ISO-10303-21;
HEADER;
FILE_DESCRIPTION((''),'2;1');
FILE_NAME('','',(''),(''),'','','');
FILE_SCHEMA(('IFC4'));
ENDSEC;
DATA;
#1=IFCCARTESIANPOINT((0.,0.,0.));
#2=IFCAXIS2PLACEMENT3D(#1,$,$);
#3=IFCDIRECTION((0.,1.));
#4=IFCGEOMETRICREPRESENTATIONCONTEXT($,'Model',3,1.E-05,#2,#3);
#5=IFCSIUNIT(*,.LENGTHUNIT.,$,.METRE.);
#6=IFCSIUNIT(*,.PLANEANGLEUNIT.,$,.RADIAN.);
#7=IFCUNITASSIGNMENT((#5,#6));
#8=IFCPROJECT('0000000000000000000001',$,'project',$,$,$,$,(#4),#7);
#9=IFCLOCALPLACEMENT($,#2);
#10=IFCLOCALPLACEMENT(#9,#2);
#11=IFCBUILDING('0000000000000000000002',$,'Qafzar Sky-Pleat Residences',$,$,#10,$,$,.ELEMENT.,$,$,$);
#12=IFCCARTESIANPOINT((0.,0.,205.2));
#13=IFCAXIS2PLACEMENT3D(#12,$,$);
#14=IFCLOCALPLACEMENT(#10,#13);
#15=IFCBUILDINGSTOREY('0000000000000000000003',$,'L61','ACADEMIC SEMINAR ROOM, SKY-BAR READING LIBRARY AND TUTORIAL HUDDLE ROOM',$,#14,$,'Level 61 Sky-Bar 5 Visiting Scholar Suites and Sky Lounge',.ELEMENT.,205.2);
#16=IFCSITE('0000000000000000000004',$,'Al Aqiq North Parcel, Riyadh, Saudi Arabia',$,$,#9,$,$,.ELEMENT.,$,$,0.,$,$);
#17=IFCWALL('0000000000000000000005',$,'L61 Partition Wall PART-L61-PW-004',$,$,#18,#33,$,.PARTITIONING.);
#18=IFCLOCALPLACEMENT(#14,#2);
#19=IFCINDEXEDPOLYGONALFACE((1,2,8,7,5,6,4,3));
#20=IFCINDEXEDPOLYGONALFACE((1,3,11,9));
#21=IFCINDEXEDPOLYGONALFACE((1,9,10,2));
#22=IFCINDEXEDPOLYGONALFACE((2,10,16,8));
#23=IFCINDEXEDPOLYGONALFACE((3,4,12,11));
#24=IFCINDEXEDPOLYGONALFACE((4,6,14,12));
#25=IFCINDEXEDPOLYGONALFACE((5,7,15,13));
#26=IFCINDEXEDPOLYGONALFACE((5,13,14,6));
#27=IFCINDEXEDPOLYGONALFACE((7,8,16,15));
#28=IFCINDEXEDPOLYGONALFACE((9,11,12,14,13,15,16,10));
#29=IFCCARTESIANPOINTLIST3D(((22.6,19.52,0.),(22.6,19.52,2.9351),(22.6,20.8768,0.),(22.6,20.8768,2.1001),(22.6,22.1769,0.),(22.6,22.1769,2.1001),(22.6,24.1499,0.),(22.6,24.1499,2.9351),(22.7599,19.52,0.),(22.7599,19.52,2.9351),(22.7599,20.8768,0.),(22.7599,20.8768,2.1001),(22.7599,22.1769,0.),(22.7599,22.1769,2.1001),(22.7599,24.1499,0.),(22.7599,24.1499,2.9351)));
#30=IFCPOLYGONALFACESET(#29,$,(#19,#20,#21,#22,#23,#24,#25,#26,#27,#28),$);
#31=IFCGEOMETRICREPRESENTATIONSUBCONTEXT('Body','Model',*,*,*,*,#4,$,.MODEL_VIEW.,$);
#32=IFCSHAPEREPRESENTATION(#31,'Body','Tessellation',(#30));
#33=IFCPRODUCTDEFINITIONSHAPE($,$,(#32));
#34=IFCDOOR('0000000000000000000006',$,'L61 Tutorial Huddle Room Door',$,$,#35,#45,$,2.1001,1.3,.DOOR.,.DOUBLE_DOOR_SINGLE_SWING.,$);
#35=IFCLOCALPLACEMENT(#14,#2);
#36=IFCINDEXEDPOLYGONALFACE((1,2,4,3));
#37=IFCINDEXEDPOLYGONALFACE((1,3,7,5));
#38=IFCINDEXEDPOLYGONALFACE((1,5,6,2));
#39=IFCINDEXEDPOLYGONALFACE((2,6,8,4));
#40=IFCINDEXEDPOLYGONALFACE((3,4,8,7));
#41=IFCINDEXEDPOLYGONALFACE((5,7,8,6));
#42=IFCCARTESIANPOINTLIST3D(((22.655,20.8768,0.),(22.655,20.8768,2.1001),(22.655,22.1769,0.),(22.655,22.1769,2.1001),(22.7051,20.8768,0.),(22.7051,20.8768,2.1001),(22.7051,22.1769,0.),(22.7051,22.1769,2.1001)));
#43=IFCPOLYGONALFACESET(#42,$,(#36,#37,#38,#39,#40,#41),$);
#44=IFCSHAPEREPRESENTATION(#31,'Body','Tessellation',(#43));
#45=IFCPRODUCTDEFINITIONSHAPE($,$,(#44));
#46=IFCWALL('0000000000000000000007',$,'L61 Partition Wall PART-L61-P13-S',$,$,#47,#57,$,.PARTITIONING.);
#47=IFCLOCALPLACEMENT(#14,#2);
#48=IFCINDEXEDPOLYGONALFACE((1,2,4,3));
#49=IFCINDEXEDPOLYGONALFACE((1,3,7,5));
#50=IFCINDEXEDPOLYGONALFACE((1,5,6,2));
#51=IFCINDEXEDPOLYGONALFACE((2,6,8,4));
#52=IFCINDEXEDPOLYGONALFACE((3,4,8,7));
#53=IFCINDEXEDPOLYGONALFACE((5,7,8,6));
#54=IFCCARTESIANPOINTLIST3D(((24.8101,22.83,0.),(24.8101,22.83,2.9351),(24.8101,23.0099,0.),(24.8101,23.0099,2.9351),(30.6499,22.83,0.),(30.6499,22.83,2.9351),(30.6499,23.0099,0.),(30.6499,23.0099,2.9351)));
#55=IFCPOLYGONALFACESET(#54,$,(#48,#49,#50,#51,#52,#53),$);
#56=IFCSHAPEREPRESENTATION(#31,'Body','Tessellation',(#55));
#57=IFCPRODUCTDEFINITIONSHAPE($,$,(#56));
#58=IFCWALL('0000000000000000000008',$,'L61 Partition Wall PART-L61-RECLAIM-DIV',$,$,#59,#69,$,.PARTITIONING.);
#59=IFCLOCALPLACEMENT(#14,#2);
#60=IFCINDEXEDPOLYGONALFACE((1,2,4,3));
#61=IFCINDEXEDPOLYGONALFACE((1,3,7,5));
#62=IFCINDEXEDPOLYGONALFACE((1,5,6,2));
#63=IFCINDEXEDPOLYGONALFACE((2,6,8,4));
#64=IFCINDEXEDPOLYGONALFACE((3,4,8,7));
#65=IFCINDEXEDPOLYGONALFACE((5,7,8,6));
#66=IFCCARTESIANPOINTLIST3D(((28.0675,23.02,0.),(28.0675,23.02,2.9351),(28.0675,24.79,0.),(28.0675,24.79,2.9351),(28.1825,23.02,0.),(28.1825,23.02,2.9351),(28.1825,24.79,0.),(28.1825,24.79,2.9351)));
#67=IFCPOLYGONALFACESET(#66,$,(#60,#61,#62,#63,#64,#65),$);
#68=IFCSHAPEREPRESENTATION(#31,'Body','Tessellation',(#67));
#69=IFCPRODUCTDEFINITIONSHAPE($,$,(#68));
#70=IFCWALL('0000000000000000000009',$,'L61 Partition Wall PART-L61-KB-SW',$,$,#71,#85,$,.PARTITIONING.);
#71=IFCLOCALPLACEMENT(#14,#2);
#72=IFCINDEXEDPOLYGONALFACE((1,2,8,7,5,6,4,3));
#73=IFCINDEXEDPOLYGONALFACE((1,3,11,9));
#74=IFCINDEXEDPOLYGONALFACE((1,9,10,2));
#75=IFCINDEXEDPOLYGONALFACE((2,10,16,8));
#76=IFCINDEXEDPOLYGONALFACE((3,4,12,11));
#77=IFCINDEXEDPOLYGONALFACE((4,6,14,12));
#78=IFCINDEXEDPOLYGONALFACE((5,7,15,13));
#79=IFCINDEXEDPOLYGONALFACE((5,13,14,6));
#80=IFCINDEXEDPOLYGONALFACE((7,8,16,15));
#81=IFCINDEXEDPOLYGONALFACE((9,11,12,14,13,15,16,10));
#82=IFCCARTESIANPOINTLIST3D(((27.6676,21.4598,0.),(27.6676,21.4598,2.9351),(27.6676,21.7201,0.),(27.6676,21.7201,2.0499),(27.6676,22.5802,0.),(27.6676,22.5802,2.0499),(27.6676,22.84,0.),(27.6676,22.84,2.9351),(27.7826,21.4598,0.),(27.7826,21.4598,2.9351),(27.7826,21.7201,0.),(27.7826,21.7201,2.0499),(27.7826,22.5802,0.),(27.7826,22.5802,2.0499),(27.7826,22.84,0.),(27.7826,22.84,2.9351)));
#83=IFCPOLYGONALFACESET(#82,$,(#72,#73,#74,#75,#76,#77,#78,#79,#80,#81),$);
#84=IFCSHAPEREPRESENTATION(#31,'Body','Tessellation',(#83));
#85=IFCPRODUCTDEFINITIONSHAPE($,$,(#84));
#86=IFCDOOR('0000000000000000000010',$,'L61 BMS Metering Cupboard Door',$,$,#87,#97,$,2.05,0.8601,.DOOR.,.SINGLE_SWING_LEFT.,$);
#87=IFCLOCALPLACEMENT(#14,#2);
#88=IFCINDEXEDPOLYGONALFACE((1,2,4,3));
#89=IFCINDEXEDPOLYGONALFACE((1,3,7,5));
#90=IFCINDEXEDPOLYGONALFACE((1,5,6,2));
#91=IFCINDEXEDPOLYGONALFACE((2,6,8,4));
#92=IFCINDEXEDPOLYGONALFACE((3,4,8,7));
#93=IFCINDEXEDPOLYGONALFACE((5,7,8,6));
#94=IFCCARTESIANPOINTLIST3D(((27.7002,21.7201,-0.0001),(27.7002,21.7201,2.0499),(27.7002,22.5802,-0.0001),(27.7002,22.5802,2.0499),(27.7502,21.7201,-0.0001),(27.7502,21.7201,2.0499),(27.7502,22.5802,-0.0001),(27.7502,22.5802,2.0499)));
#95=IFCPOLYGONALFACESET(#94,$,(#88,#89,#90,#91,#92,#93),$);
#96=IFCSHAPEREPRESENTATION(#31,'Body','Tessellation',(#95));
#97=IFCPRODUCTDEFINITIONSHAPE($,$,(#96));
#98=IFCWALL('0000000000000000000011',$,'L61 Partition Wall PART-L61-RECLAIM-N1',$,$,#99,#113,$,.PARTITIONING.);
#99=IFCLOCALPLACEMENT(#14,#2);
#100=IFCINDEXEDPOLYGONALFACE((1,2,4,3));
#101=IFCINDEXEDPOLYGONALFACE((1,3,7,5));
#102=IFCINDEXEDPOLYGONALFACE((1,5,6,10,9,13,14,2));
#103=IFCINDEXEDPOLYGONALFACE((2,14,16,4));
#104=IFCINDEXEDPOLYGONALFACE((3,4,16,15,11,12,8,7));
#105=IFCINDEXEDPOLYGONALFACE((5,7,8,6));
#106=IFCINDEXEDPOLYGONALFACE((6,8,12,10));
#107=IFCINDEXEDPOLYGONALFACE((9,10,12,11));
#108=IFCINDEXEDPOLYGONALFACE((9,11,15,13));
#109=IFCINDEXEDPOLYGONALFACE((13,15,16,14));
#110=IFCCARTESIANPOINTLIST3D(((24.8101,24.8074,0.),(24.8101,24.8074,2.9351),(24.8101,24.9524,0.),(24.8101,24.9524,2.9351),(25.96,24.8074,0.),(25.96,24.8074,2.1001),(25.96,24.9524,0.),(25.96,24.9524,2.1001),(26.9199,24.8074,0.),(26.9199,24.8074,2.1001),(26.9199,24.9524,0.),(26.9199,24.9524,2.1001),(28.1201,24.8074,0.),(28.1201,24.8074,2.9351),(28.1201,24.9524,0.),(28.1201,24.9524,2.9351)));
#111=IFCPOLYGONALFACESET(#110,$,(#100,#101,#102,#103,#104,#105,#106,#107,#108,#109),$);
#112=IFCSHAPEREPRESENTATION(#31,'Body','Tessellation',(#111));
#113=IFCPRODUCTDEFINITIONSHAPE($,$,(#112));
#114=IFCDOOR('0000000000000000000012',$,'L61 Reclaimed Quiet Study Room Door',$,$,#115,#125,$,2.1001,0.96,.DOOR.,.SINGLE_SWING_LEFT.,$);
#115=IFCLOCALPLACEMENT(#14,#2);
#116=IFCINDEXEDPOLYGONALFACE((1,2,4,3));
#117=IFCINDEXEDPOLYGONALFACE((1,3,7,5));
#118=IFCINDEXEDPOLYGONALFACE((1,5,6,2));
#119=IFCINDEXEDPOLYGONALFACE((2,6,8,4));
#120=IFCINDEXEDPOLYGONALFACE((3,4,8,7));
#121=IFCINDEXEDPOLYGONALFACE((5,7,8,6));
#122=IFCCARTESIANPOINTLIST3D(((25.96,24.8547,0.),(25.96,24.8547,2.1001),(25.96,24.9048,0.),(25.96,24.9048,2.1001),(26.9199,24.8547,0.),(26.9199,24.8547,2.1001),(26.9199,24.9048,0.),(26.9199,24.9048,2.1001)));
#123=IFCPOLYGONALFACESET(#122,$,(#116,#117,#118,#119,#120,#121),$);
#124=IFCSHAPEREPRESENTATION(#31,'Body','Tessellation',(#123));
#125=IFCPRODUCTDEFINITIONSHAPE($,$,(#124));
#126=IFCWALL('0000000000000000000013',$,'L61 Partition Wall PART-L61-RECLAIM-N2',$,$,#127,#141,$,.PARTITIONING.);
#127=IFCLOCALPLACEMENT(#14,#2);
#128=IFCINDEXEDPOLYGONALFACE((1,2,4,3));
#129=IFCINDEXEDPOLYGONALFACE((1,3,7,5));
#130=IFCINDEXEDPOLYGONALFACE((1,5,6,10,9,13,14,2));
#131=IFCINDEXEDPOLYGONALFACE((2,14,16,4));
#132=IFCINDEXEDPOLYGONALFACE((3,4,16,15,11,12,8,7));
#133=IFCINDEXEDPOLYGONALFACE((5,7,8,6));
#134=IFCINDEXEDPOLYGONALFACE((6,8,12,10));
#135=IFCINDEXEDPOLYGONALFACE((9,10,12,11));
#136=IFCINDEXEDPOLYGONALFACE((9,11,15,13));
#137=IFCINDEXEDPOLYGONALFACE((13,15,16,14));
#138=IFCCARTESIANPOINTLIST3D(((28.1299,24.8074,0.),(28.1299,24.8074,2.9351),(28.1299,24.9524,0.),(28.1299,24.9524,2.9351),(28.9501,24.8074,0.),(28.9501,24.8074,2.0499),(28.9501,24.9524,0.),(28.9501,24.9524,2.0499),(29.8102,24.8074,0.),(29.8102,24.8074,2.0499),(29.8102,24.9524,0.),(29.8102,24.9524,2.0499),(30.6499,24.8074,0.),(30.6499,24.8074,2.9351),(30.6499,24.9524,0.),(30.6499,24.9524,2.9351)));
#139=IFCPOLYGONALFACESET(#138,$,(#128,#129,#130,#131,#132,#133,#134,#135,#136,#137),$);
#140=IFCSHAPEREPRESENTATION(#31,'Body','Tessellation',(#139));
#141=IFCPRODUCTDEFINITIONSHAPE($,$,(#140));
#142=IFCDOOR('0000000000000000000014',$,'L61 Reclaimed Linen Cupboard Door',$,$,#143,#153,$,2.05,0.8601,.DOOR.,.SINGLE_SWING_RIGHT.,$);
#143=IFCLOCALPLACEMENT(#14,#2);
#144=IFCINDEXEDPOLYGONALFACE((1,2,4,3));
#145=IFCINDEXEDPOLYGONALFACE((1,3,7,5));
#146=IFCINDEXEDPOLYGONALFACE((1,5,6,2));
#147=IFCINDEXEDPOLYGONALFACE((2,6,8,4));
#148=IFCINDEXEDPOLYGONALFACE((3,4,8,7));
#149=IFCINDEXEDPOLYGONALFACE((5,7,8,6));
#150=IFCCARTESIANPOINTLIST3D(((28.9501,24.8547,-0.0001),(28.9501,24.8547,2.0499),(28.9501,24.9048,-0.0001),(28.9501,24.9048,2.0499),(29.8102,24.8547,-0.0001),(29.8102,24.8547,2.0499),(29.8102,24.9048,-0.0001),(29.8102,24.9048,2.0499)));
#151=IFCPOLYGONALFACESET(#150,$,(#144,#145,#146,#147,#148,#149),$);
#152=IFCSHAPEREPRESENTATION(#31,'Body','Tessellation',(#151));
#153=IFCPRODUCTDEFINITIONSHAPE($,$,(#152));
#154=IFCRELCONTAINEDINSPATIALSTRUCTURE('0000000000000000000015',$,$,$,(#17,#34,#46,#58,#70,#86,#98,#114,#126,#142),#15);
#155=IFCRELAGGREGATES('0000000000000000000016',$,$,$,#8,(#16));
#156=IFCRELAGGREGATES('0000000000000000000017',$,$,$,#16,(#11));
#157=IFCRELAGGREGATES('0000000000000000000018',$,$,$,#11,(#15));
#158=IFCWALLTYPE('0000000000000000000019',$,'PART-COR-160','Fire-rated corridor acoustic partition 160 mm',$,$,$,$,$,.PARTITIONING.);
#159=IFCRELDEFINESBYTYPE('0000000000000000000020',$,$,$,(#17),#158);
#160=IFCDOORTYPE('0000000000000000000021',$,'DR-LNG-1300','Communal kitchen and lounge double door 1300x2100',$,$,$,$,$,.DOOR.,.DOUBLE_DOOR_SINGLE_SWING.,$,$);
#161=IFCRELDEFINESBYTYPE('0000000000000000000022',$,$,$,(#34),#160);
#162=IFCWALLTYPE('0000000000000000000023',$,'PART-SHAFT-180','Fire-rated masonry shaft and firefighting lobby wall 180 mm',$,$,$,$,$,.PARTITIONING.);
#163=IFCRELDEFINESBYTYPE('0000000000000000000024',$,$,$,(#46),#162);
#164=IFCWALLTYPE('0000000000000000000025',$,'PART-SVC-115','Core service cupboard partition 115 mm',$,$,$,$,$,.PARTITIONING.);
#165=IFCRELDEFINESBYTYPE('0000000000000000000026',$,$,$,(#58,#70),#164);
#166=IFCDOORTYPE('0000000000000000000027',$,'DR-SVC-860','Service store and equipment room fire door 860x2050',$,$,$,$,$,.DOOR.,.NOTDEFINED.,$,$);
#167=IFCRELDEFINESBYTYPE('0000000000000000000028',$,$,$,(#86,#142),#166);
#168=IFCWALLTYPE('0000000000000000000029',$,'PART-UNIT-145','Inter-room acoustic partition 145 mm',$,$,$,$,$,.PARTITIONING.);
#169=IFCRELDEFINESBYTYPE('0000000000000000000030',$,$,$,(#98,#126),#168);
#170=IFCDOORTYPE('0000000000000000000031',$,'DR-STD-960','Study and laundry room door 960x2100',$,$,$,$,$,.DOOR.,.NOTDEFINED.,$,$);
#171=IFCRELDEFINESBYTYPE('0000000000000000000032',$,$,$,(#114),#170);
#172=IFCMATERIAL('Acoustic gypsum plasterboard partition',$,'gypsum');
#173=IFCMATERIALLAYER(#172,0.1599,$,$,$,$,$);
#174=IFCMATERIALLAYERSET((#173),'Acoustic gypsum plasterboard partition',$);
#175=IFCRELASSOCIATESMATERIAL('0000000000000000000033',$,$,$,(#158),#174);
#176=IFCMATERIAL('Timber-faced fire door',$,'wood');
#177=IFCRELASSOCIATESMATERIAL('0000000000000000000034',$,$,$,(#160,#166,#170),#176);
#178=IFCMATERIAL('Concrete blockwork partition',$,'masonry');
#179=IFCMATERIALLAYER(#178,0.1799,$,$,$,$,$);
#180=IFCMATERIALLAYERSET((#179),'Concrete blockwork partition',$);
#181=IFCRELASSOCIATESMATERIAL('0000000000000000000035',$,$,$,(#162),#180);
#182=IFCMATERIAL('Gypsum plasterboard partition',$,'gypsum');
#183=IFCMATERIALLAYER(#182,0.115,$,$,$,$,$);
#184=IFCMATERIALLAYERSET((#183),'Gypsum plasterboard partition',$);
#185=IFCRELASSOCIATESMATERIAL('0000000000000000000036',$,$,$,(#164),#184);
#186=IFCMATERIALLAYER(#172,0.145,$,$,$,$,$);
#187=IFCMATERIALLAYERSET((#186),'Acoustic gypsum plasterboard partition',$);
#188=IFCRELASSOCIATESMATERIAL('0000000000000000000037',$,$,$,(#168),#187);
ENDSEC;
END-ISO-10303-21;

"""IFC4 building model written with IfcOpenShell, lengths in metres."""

from ifc_helpers import new_model, si_unit, direction, frame, frame_2d, origin, place, context, subcontext, project, spatial, rectangle, extrude, source, transform, mapped, material, layer, layer_set, type_object, element, fill, save


model = new_model("IFC4")

# Units and contexts
model_context = context("Model", 3, precision=1e-05, world=origin(), true_north=direction((0.0, 1.0)))
body_context = subcontext(model_context, "Body", "Model", "MODEL_VIEW")
ifc_project = project(units=[si_unit("LENGTHUNIT", "METRE"), si_unit("PLANEANGLEUNIT", "RADIAN")], contexts=[model_context])

# Site, building, storey
site_placement = place(None, origin())
site = spatial("IfcSite", under=ifc_project, at=site_placement, Name="Al Aqiq North Parcel, Riyadh, Saudi Arabia", CompositionType="ELEMENT", RefElevation=0.0)
building_placement = place(site_placement, origin())
building = spatial("IfcBuilding", under=site, at=building_placement, Name="Qafzar Sky-Pleat Residences", CompositionType="ELEMENT")
storey_placement = place(building_placement, frame((0.0, 0.0, 205.2)))
storey = spatial("IfcBuildingStorey", under=building, at=storey_placement, Name="L61", Description="ACADEMIC SEMINAR ROOM, SKY-BAR READING LIBRARY AND TUTORIAL HUDDLE ROOM", LongName="Level 61 Sky-Bar 5 Visiting Scholar Suites and Sky Lounge", CompositionType="ELEMENT", Elevation=205.2)

# Wall, opening, door
ifc_material_1 = material(Name="Acoustic gypsum plasterboard partition", Category="gypsum")
ifc_layer_1 = layer(ifc_material_1, 0.1599)
ifc_layer_set_1 = layer_set([ifc_layer_1], Name="Acoustic gypsum plasterboard partition")
wall_type_1 = type_object("IfcWallType", Name="PART-COR-160", Description="Fire-rated corridor acoustic partition 160 mm", PredefinedType="PARTITIONING", material=ifc_layer_set_1)
wall_1_placement = place(storey_placement, frame((22.6799, 19.52, 0.0), z_axis=(0.0, 0.0, 1.0), x_axis=(0.0, 1.0, 0.0)))
wall_1 = element("IfcWall", 1, at=wall_1_placement, inside=storey, type_object=wall_type_1, Name="L61 Partition Wall PART-L61-PW-004", PredefinedType="PARTITIONING", context=body_context, shape_type="SweptSolid", body=[
    extrude(rectangle(XDim=4.6299, YDim=0.1599, at=frame_2d((2.3149, 0.0))), origin(), (0.0, 0.0, 1.0), 2.9351),
])
opening_1_placement = place(wall_1_placement, frame((1.3569, 0.0, 0.0)))
opening_1 = element("IfcOpeningElement", 2, at=opening_1_placement, cuts=wall_1, PredefinedType="OPENING", context=body_context, shape_type="SweptSolid", body=[
    extrude(rectangle(XDim=1.3, YDim=2.1001, at=frame_2d((0.6499, 1.05))), frame((0.0, 0.0898, 0.0), z_axis=(0.0, -1.0, 0.0), x_axis=(1.0, 0.0, 0.0)), (0.0, 0.0, 1.0), 0.1799),
])
ifc_material_2 = material(Name="Timber-faced fire door", Category="wood")
door_type_1 = type_object("IfcDoorType", Name="DR-LNG-1300", Description="Communal kitchen and lounge double door 1300x2100", OperationType="DOUBLE_DOOR_SINGLE_SWING", PredefinedType="DOOR", material=ifc_material_2)
shared_shape_1 = source(origin(), body_context, "Body", "SweptSolid", [
    extrude(rectangle(XDim=1.3, YDim=2.1001, at=frame_2d((0.6499, 1.05))), frame((0.0, 0.0249, 0.0), z_axis=(0.0, -1.0, 0.0), x_axis=(1.0, 0.0, 0.0)), (0.0, 0.0, 1.0), 0.05),
])
door_1_placement = place(opening_1_placement, origin())
door_1 = element("IfcDoor", 3, at=door_1_placement, inside=storey, type_object=door_type_1, Name="L61 Tutorial Huddle Room Door", OperationType="DOUBLE_DOOR_SINGLE_SWING", OverallHeight=2.1001, OverallWidth=1.3, PredefinedType="DOOR", context=body_context, shape_type="MappedRepresentation", body=[
    mapped(shared_shape_1, transform((0.0, 0.0, 0.0), x_axis=(1.0, 0.0, 0.0), y_axis=(0.0, 1.0, 0.0), z_axis=(0.0, 0.0, 1.0), scale=1.0)),
])
fill(opening_1, door_1)

# Walls
ifc_material_3 = material(Name="Concrete blockwork partition", Category="masonry")
ifc_layer_2 = layer(ifc_material_3, 0.1799)
ifc_layer_set_2 = layer_set([ifc_layer_2], Name="Concrete blockwork partition")
wall_type_2 = type_object("IfcWallType", Name="PART-SHAFT-180", Description="Fire-rated masonry shaft and firefighting lobby wall 180 mm", PredefinedType="PARTITIONING", material=ifc_layer_set_2)
wall_2_placement = place(storey_placement, frame((24.8101, 22.9199, 0.0), z_axis=(0.0, 0.0, 1.0), x_axis=(1.0, 0.0, 0.0)))
element("IfcWall", 4, at=wall_2_placement, inside=storey, type_object=wall_type_2, Name="L61 Partition Wall PART-L61-P13-S", PredefinedType="PARTITIONING", context=body_context, shape_type="SweptSolid", body=[
    extrude(rectangle(XDim=5.8398, YDim=0.1799, at=frame_2d((2.9199, 0.0))), origin(), (0.0, 0.0, 1.0), 2.9351),
])
ifc_material_4 = material(Name="Gypsum plasterboard partition", Category="gypsum")
ifc_layer_3 = layer(ifc_material_4, 0.115)
ifc_layer_set_3 = layer_set([ifc_layer_3], Name="Gypsum plasterboard partition")
wall_type_3 = type_object("IfcWallType", Name="PART-SVC-115", Description="Core service cupboard partition 115 mm", PredefinedType="PARTITIONING", material=ifc_layer_set_3)
wall_3_placement = place(storey_placement, frame((28.125, 23.02, 0.0), z_axis=(0.0, 0.0, 1.0), x_axis=(0.0, 1.0, 0.0)))
element("IfcWall", 5, at=wall_3_placement, inside=storey, type_object=wall_type_3, Name="L61 Partition Wall PART-L61-RECLAIM-DIV", PredefinedType="PARTITIONING", context=body_context, shape_type="SweptSolid", body=[
    extrude(rectangle(XDim=1.77, YDim=0.115, at=frame_2d((0.885, 0.0))), origin(), (0.0, 0.0, 1.0), 2.9351),
])

# Walls, openings, doors
wall_4_placement = place(storey_placement, frame((27.7251, 21.46, 0.0), z_axis=(0.0, 0.0, 1.0), x_axis=(0.0, 1.0, 0.0)))
wall_4 = element("IfcWall", 6, at=wall_4_placement, inside=storey, type_object=wall_type_3, Name="L61 Partition Wall PART-L61-KB-SW", PredefinedType="PARTITIONING", context=body_context, shape_type="SweptSolid", body=[
    extrude(rectangle(XDim=1.3801, YDim=0.115, at=frame_2d((0.6899, 0.0))), origin(), (0.0, 0.0, 1.0), 2.9351),
])
opening_2_placement = place(wall_4_placement, frame((0.26, 0.0, 0.0)))
opening_2 = element("IfcOpeningElement", 7, at=opening_2_placement, cuts=wall_4, PredefinedType="OPENING", context=body_context, shape_type="SweptSolid", body=[
    extrude(rectangle(XDim=0.8601, YDim=2.05, at=frame_2d((0.4302, 1.0249))), frame((0.0, 0.0674, 0.0), z_axis=(0.0, -1.0, 0.0), x_axis=(1.0, 0.0, 0.0)), (0.0, 0.0, 1.0), 0.135),
])
door_type_2 = type_object("IfcDoorType", Name="DR-SVC-860", Description="Service store and equipment room fire door 860x2050", OperationType="NOTDEFINED", PredefinedType="DOOR", material=ifc_material_2)
shared_shape_2 = source(origin(), body_context, "Body", "SweptSolid", [
    extrude(rectangle(XDim=0.8601, YDim=2.05, at=frame_2d((0.4302, 1.0249))), frame((0.0, 0.0249, 0.0), z_axis=(0.0, -1.0, 0.0), x_axis=(1.0, 0.0, 0.0)), (0.0, 0.0, 1.0), 0.05),
])
door_2_placement = place(opening_2_placement, origin())
door_2 = element("IfcDoor", 8, at=door_2_placement, inside=storey, type_object=door_type_2, Name="L61 BMS Metering Cupboard Door", OperationType="SINGLE_SWING_LEFT", OverallHeight=2.05, OverallWidth=0.8601, PredefinedType="DOOR", context=body_context, shape_type="MappedRepresentation", body=[
    mapped(shared_shape_2, transform((0.0, 0.0, 0.0), x_axis=(1.0, 0.0, 0.0), y_axis=(0.0, 1.0, 0.0), z_axis=(0.0, 0.0, 1.0), scale=1.0)),
])
fill(opening_2, door_2)
ifc_layer_4 = layer(ifc_material_1, 0.145)
ifc_layer_set_4 = layer_set([ifc_layer_4], Name="Acoustic gypsum plasterboard partition")
wall_type_4 = type_object("IfcWallType", Name="PART-UNIT-145", Description="Inter-room acoustic partition 145 mm", PredefinedType="PARTITIONING", material=ifc_layer_set_4)
wall_5_placement = place(storey_placement, frame((24.8101, 24.8799, 0.0), z_axis=(0.0, 0.0, 1.0), x_axis=(1.0, 0.0, 0.0)))
wall_5 = element("IfcWall", 9, at=wall_5_placement, inside=storey, type_object=wall_type_4, Name="L61 Partition Wall PART-L61-RECLAIM-N1", PredefinedType="PARTITIONING", context=body_context, shape_type="SweptSolid", body=[
    extrude(rectangle(XDim=3.3101, YDim=0.145, at=frame_2d((1.655, 0.0))), origin(), (0.0, 0.0, 1.0), 2.9351),
])
opening_3_placement = place(wall_5_placement, frame((1.1499, 0.0, 0.0)))
opening_3 = element("IfcOpeningElement", 10, at=opening_3_placement, cuts=wall_5, PredefinedType="OPENING", context=body_context, shape_type="SweptSolid", body=[
    extrude(rectangle(XDim=0.96, YDim=2.1001, at=frame_2d((0.48, 1.05))), frame((0.0, 0.0825, 0.0), z_axis=(0.0, -1.0, 0.0), x_axis=(1.0, 0.0, 0.0)), (0.0, 0.0, 1.0), 0.165),
])
door_type_3 = type_object("IfcDoorType", Name="DR-STD-960", Description="Study and laundry room door 960x2100", OperationType="NOTDEFINED", PredefinedType="DOOR", material=ifc_material_2)
shared_shape_3 = source(origin(), body_context, "Body", "SweptSolid", [
    extrude(rectangle(XDim=0.96, YDim=2.1001, at=frame_2d((0.48, 1.05))), frame((0.0, 0.0249, 0.0), z_axis=(0.0, -1.0, 0.0), x_axis=(1.0, 0.0, 0.0)), (0.0, 0.0, 1.0), 0.05),
])
door_3_placement = place(opening_3_placement, origin())
door_3 = element("IfcDoor", 11, at=door_3_placement, inside=storey, type_object=door_type_3, Name="L61 Reclaimed Quiet Study Room Door", OperationType="SINGLE_SWING_LEFT", OverallHeight=2.1001, OverallWidth=0.96, PredefinedType="DOOR", context=body_context, shape_type="MappedRepresentation", body=[
    mapped(shared_shape_3, transform((0.0, 0.0, 0.0), x_axis=(1.0, 0.0, 0.0), y_axis=(0.0, 1.0, 0.0), z_axis=(0.0, 0.0, 1.0), scale=1.0)),
])
fill(opening_3, door_3)
wall_6_placement = place(storey_placement, frame((28.1299, 24.8799, 0.0), z_axis=(0.0, 0.0, 1.0), x_axis=(1.0, 0.0, 0.0)))
wall_6 = element("IfcWall", 12, at=wall_6_placement, inside=storey, type_object=wall_type_4, Name="L61 Partition Wall PART-L61-RECLAIM-N2", PredefinedType="PARTITIONING", context=body_context, shape_type="SweptSolid", body=[
    extrude(rectangle(XDim=2.52, YDim=0.145, at=frame_2d((1.26, 0.0))), origin(), (0.0, 0.0, 1.0), 2.9351),
])
opening_4_placement = place(wall_6_placement, frame((0.8201, 0.0, 0.0)))
opening_4 = element("IfcOpeningElement", 13, at=opening_4_placement, cuts=wall_6, PredefinedType="OPENING", context=body_context, shape_type="SweptSolid", body=[
    extrude(rectangle(XDim=0.8601, YDim=2.05, at=frame_2d((0.4302, 1.0249))), frame((0.0, 0.0825, 0.0), z_axis=(0.0, -1.0, 0.0), x_axis=(1.0, 0.0, 0.0)), (0.0, 0.0, 1.0), 0.165),
])
door_4_placement = place(opening_4_placement, origin())
door_4 = element("IfcDoor", 14, at=door_4_placement, inside=storey, type_object=door_type_2, Name="L61 Reclaimed Linen Cupboard Door", OperationType="SINGLE_SWING_RIGHT", OverallHeight=2.05, OverallWidth=0.8601, PredefinedType="DOOR", context=body_context, shape_type="MappedRepresentation", body=[
    mapped(shared_shape_2, transform((0.0, 0.0, 0.0), x_axis=(1.0, 0.0, 0.0), y_axis=(0.0, 1.0, 0.0), z_axis=(0.0, 0.0, 1.0), scale=1.0)),
])
fill(opening_4, door_4)

save(model, "model.ifc")
